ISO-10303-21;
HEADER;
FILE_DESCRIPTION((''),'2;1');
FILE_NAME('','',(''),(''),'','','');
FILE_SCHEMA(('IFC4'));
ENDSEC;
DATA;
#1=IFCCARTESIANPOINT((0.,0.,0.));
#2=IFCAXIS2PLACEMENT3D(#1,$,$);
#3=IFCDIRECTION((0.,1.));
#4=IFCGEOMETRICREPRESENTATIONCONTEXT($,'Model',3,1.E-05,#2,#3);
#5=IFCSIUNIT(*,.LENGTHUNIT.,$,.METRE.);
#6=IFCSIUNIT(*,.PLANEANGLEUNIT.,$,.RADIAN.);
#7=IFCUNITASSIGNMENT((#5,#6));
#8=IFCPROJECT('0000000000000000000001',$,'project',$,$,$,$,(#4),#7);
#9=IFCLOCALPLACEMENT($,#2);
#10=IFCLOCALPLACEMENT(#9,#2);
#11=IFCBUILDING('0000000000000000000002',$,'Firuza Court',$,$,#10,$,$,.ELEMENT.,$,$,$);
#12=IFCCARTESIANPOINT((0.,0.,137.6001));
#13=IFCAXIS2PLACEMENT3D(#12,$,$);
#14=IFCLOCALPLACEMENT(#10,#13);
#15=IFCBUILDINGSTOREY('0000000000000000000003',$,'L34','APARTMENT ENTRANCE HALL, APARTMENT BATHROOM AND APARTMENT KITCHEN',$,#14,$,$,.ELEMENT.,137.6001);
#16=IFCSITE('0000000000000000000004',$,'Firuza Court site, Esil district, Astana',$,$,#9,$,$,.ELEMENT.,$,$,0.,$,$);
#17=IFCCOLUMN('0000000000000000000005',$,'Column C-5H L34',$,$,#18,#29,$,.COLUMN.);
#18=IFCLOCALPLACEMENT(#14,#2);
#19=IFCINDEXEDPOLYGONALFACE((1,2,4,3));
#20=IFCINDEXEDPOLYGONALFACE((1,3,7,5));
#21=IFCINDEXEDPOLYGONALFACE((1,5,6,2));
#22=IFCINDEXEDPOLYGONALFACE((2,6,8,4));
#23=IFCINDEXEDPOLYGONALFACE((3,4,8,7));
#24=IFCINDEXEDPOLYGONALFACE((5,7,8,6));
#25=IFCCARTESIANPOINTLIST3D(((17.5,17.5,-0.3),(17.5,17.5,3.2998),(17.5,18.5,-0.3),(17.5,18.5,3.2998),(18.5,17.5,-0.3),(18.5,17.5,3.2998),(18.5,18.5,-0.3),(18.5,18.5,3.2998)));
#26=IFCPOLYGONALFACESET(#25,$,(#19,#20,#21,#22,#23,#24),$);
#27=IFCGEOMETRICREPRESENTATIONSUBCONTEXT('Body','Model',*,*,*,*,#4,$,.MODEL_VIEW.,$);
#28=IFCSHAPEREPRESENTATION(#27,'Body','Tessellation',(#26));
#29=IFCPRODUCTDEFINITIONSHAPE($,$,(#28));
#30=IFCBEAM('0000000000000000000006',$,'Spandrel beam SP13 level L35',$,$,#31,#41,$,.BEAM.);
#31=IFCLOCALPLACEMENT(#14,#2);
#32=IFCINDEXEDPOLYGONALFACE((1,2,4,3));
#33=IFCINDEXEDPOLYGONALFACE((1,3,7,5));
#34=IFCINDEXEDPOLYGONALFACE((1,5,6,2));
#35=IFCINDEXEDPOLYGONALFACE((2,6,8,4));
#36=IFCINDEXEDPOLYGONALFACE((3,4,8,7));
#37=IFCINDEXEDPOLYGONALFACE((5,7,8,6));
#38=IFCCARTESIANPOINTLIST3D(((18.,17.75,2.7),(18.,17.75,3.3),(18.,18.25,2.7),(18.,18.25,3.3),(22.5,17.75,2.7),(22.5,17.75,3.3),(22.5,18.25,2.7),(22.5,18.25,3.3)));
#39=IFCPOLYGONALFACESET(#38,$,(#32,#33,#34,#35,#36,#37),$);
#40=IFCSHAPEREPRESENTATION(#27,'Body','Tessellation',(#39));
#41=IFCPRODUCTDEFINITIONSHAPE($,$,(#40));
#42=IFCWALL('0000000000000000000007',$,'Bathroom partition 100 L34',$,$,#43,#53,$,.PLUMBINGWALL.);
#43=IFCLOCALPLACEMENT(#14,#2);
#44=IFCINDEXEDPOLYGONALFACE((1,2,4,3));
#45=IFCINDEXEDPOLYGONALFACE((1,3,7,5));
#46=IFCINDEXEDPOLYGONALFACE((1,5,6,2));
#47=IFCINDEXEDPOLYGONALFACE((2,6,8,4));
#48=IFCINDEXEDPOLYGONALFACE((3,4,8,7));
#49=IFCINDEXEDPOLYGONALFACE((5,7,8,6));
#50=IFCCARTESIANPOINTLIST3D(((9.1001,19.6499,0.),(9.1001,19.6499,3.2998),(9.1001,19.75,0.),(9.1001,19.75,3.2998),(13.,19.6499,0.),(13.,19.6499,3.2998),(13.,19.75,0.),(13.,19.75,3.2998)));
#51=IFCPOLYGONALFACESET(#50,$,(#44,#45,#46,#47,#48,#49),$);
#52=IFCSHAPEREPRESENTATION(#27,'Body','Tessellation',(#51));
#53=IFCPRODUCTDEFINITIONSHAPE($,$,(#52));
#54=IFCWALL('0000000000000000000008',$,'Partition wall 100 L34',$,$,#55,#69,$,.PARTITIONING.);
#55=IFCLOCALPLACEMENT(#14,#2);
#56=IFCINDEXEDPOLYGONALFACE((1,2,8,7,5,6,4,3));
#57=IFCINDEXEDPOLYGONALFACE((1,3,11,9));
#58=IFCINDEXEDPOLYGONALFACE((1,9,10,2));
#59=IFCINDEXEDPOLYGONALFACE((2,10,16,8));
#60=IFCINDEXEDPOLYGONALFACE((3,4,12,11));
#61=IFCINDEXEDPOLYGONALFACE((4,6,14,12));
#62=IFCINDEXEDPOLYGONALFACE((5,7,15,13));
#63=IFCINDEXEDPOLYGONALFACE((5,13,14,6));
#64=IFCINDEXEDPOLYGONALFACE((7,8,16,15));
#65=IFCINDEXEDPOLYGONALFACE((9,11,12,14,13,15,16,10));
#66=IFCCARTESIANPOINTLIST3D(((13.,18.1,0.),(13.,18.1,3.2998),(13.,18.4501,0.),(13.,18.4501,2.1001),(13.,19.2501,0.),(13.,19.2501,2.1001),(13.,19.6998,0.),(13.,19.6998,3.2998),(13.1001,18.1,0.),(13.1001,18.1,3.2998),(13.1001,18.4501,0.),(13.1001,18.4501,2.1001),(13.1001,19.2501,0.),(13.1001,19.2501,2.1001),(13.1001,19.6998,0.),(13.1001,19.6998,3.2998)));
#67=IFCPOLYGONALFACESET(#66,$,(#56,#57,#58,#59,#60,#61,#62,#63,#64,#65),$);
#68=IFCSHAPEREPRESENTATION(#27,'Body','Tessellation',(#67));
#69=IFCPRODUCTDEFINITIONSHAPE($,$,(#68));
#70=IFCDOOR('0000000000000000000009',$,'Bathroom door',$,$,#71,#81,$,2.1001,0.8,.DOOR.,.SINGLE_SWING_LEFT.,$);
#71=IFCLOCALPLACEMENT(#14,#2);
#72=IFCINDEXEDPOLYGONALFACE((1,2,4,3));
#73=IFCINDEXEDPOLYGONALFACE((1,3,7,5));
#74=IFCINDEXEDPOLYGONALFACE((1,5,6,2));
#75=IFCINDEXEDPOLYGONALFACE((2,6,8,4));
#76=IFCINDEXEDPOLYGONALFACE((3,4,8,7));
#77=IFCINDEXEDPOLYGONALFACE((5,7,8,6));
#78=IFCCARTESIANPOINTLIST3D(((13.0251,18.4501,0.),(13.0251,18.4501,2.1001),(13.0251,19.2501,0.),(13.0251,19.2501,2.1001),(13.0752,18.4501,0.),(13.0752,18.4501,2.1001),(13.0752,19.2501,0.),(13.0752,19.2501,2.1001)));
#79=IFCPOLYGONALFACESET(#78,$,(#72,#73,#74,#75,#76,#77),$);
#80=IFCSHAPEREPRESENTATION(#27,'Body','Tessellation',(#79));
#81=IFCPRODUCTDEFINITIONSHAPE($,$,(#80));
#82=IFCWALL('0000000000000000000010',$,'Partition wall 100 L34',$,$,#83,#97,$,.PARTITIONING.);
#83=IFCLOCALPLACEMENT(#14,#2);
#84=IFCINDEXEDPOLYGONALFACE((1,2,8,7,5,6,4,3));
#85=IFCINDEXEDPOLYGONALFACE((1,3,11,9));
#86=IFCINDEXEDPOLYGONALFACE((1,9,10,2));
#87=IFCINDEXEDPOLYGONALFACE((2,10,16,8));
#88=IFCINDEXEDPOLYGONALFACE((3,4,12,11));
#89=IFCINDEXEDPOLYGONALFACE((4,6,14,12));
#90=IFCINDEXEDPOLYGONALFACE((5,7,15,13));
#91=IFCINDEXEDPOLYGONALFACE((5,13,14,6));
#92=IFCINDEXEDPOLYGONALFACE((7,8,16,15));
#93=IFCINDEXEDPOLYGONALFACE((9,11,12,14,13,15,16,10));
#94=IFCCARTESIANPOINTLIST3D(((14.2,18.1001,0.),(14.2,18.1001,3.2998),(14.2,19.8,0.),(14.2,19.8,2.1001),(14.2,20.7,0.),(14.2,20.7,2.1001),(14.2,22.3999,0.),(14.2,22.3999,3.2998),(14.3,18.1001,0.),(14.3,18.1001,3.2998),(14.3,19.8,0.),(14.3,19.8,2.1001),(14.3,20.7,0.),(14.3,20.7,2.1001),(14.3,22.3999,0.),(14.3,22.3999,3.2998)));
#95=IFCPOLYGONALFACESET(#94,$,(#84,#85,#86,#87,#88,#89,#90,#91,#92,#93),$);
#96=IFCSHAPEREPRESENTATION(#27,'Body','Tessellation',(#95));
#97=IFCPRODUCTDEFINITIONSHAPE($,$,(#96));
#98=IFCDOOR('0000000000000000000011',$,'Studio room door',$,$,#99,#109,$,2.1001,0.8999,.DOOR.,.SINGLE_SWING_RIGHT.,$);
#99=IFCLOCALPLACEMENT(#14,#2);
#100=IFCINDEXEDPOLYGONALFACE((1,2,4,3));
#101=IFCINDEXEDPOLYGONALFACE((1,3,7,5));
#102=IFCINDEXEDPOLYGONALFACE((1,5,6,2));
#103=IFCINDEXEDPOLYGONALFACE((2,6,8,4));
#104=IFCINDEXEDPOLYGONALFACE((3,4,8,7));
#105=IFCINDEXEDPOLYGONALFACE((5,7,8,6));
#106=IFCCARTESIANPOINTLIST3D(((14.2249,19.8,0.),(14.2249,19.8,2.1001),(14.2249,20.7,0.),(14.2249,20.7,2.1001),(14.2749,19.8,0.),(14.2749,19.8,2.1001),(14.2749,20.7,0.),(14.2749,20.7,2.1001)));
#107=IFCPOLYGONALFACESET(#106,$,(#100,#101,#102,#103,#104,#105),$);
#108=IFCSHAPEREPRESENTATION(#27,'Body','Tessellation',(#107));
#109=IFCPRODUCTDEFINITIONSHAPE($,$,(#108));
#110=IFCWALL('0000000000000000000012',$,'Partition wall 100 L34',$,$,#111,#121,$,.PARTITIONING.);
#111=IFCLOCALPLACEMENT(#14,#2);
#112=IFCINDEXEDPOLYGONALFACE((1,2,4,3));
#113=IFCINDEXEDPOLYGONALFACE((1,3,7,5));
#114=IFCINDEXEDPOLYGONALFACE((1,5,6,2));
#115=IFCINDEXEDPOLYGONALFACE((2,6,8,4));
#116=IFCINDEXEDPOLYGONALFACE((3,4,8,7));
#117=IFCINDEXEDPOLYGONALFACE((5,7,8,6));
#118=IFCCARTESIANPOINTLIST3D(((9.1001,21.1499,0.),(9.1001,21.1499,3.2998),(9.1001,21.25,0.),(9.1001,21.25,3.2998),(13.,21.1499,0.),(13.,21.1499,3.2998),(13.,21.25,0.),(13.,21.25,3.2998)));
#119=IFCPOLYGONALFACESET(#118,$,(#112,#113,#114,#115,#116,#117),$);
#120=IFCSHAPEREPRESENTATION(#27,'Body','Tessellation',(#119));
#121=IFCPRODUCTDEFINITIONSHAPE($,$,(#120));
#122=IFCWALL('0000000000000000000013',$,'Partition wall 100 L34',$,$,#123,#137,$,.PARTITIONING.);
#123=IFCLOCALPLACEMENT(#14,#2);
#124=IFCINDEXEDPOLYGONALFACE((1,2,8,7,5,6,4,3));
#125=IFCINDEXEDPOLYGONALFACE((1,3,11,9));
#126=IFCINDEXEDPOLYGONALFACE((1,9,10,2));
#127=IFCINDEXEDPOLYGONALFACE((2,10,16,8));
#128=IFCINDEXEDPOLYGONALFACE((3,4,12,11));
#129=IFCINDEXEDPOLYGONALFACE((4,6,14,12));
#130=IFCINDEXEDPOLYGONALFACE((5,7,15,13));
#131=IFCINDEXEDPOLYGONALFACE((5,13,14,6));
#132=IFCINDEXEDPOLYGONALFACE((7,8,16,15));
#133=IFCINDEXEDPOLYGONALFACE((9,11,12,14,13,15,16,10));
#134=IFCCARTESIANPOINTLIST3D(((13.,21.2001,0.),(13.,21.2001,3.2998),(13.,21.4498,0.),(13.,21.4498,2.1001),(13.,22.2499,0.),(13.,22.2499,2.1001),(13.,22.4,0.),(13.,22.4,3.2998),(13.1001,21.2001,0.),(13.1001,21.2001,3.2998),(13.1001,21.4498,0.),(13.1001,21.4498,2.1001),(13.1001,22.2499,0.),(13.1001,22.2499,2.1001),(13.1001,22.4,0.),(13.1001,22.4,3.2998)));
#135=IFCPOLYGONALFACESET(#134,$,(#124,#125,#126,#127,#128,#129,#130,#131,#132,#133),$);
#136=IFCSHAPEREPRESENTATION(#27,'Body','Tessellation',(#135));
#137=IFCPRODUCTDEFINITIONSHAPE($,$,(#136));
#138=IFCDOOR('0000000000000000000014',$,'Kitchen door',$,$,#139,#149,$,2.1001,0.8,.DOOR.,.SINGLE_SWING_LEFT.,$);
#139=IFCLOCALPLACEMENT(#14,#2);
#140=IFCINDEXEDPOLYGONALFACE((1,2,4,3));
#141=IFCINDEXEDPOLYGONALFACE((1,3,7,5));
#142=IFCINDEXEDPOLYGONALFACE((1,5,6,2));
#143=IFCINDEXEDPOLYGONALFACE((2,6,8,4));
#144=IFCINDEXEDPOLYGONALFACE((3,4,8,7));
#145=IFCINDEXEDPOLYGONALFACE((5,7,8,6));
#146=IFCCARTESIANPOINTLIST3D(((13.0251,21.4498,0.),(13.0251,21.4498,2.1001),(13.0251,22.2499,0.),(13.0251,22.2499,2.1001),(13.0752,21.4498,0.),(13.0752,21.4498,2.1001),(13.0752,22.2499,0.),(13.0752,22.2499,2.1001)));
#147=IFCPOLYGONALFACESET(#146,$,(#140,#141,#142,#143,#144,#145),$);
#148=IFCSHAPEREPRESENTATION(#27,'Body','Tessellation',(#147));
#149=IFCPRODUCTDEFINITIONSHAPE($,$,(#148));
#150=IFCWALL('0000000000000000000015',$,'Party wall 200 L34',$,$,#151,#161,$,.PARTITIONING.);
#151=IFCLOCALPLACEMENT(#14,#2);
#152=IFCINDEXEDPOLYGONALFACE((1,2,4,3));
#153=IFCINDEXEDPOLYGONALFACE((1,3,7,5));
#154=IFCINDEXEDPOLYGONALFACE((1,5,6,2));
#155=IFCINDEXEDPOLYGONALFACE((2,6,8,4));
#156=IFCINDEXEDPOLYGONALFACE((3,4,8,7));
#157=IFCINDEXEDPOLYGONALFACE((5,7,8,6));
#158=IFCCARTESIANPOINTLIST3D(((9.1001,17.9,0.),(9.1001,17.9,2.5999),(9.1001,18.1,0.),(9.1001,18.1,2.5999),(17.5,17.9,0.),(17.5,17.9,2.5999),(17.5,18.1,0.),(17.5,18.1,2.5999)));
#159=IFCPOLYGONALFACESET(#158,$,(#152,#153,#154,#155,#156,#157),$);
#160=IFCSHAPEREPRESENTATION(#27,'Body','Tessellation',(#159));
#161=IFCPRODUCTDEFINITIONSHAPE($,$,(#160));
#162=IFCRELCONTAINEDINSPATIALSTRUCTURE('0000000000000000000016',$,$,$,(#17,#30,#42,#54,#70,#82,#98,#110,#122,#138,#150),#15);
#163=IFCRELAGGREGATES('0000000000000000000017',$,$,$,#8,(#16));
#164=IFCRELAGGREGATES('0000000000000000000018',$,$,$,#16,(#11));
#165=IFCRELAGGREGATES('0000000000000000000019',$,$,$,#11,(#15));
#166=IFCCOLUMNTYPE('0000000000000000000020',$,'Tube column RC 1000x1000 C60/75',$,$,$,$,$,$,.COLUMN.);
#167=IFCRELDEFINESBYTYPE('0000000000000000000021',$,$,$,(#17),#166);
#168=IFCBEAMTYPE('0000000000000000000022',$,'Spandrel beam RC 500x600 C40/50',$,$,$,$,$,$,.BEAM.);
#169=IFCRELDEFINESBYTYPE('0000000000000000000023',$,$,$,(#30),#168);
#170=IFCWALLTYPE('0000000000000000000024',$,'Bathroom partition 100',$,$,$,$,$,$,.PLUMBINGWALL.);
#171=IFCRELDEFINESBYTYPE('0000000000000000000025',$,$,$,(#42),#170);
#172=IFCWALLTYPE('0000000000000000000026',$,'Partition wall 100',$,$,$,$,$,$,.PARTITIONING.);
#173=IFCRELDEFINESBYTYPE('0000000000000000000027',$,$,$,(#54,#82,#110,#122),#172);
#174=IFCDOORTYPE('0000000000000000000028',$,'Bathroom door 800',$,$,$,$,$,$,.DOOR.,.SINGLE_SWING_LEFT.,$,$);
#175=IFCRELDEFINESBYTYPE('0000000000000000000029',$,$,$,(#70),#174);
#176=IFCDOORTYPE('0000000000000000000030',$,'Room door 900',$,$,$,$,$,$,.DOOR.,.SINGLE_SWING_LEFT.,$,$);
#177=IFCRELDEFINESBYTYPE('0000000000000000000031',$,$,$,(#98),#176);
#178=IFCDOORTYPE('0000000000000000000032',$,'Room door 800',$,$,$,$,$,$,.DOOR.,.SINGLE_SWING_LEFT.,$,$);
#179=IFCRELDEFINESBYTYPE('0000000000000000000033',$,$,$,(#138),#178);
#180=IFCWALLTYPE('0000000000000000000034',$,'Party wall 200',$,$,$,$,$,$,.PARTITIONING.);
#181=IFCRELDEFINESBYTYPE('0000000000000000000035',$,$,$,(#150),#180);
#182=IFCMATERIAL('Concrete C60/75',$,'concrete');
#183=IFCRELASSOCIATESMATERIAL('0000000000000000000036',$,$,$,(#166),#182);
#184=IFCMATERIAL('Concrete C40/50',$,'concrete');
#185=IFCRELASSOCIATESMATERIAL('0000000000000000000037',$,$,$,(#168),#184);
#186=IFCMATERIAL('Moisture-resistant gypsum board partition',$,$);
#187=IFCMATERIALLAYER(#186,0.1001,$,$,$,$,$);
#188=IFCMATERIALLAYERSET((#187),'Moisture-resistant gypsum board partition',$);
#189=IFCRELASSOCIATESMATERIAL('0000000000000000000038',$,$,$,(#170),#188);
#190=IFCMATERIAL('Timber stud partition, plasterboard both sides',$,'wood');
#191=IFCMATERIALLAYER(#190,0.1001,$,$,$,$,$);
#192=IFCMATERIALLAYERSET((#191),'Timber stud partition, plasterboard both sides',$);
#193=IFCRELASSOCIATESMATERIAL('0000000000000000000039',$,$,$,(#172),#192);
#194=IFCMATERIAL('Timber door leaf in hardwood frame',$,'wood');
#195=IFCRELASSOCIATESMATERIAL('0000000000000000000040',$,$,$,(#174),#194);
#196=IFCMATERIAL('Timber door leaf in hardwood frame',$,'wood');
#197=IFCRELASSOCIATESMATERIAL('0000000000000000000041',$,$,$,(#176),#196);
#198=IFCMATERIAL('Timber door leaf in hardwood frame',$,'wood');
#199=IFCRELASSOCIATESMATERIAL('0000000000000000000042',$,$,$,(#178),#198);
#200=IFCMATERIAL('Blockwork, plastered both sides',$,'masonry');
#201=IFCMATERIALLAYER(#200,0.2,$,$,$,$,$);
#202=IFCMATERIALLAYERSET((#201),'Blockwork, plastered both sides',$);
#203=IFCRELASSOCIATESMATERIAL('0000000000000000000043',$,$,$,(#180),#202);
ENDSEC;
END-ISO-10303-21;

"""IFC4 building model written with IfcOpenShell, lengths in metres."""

from ifc_helpers import new_model, si_unit, direction, frame, frame_2d, origin, origin_2d, place, context, subcontext, project, spatial, rectangle, extrude, material, layer, layer_set, material_profile, profile_set, type_object, element, fill, save


model = new_model("IFC4")

# Units and contexts
model_context = context("Model", 3, precision=1e-05, world=origin(), true_north=direction((0.0, 1.0)))
body_context = subcontext(model_context, "Body", "Model", "MODEL_VIEW")
ifc_project = project(units=[si_unit("LENGTHUNIT", "METRE"), si_unit("PLANEANGLEUNIT", "RADIAN")], contexts=[model_context])

# Site, building, storey
site_placement = place(None, origin())
site = spatial("IfcSite", under=ifc_project, at=site_placement, Name="Firuza Court site, Esil district, Astana", CompositionType="ELEMENT", RefElevation=0.0)
building_placement = place(site_placement, origin())
building = spatial("IfcBuilding", under=site, at=building_placement, Name="Firuza Court", CompositionType="ELEMENT")
storey_placement = place(building_placement, frame((0.0, 0.0, 137.6001)))
storey = spatial("IfcBuildingStorey", under=building, at=storey_placement, Name="L34", Description="APARTMENT ENTRANCE HALL, APARTMENT BATHROOM AND APARTMENT KITCHEN", CompositionType="ELEMENT", Elevation=137.6001)

# Column
ifc_material_1 = material(Name="Concrete C60/75", Category="concrete")
ifc_material_profile_1 = material_profile(ifc_material_1, rectangle(XDim=1.0, YDim=1.0, at=origin_2d()), Name="RC 1000x1000")
ifc_profile_set_1 = profile_set([ifc_material_profile_1], Name="Concrete C60/75")
column_type = type_object("IfcColumnType", Name="Tube column RC 1000x1000 C60/75", PredefinedType="COLUMN", material=ifc_profile_set_1)
column_placement = place(storey_placement, frame((18.0, 18.0, -0.3), z_axis=(0.0, 0.0, 1.0), x_axis=(1.0, 0.0, 0.0)))
element("IfcColumn", 1, at=column_placement, inside=storey, type_object=column_type, Name="Column C-5H L34", PredefinedType="COLUMN", context=body_context, shape_type="SweptSolid", body=[
    extrude(rectangle(XDim=1.0, YDim=1.0, at=origin_2d()), origin(), (0.0, 0.0, 1.0), 3.5999),
])

# Beam
ifc_material_2 = material(Name="Concrete C40/50", Category="concrete")
ifc_material_profile_2 = material_profile(ifc_material_2, rectangle(XDim=0.5, YDim=0.6001, at=origin_2d()), Name="RC 500x600")
ifc_profile_set_2 = profile_set([ifc_material_profile_2], Name="Concrete C40/50")
beam_type = type_object("IfcBeamType", Name="Spandrel beam RC 500x600 C40/50", PredefinedType="BEAM", material=ifc_profile_set_2)
beam_placement = place(storey_placement, frame((18.0, 18.0, 3.0), z_axis=(1.0, 0.0, 0.0), x_axis=(0.0, 1.0, 0.0)))
element("IfcBeam", 2, at=beam_placement, inside=storey, type_object=beam_type, Name="Spandrel beam SP13 level L35", PredefinedType="BEAM", context=body_context, shape_type="SweptSolid", body=[
    extrude(rectangle(XDim=0.5, YDim=0.6001, at=origin_2d()), origin(), (0.0, 0.0, 1.0), 4.5),
])

# Wall
ifc_material_3 = material(Name="Moisture-resistant gypsum board partition")
ifc_layer_1 = layer(ifc_material_3, 0.1001)
ifc_layer_set_1 = layer_set([ifc_layer_1], Name="Moisture-resistant gypsum board partition")
wall_type_1 = type_object("IfcWallType", Name="Bathroom partition 100", PredefinedType="PLUMBINGWALL", material=ifc_layer_set_1)
wall_1_placement = place(storey_placement, frame((9.1001, 19.7, 0.0), z_axis=(0.0, 0.0, 1.0), x_axis=(1.0, 0.0, 0.0)))
element("IfcWall", 3, at=wall_1_placement, inside=storey, type_object=wall_type_1, Name="Bathroom partition 100 L34", PredefinedType="PLUMBINGWALL", context=body_context, shape_type="SweptSolid", body=[
    extrude(rectangle(XDim=3.8999, YDim=0.1001, at=frame_2d((1.95, 0.0))), origin(), (0.0, 0.0, 1.0), 3.2998),
])

# Walls, openings, doors
ifc_material_4 = material(Name="Timber stud partition, plasterboard both sides", Category="wood")
ifc_layer_2 = layer(ifc_material_4, 0.1001)
ifc_layer_set_2 = layer_set([ifc_layer_2], Name="Timber stud partition, plasterboard both sides")
wall_type_2 = type_object("IfcWallType", Name="Partition wall 100", PredefinedType="PARTITIONING", material=ifc_layer_set_2)
wall_2_placement = place(storey_placement, frame((13.05, 18.1001, 0.0), z_axis=(0.0, 0.0, 1.0), x_axis=(0.0, 1.0, 0.0)))
wall_2 = element("IfcWall", 4, at=wall_2_placement, inside=storey, type_object=wall_type_2, Name="Partition wall 100 L34", PredefinedType="PARTITIONING", context=body_context, shape_type="SweptSolid", body=[
    extrude(rectangle(XDim=1.5999, YDim=0.1001, at=frame_2d((0.7998, 0.0))), origin(), (0.0, 0.0, 1.0), 3.2998),
])
opening_1_placement = place(wall_2_placement, frame((0.3501, 0.0, 0.0)))
opening_1 = element("IfcOpeningElement", 5, at=opening_1_placement, cuts=wall_2, PredefinedType="OPENING", context=body_context, shape_type="SweptSolid", body=[
    extrude(rectangle(XDim=0.8, YDim=2.1001, at=frame_2d((0.3999, 1.05))), frame((0.0, 0.062, 0.0), z_axis=(0.0, -1.0, 0.0), x_axis=(1.0, 0.0, 0.0)), (0.0, 0.0, 1.0), 0.124),
])
ifc_material_5 = material(Name="Timber door leaf in hardwood frame", Category="wood")
door_type_1 = type_object("IfcDoorType", Name="Bathroom door 800", OperationType="SINGLE_SWING_LEFT", PredefinedType="DOOR", material=ifc_material_5)
door_1_placement = place(opening_1_placement, origin())
door_1 = element("IfcDoor", 6, at=door_1_placement, inside=storey, type_object=door_type_1, Name="Bathroom door", OperationType="SINGLE_SWING_LEFT", OverallHeight=2.1001, OverallWidth=0.8, PredefinedType="DOOR", context=body_context, shape_type="SweptSolid", body=[
    extrude(rectangle(XDim=0.8, YDim=2.1001, at=frame_2d((0.3999, 1.05))), frame((0.0, 0.0249, 0.0), z_axis=(0.0, -1.0, 0.0), x_axis=(1.0, 0.0, 0.0)), (0.0, 0.0, 1.0), 0.05),
])
fill(opening_1, door_1)
wall_3_placement = place(storey_placement, frame((14.25, 18.1001, 0.0), z_axis=(0.0, 0.0, 1.0), x_axis=(0.0, 1.0, 0.0)))
wall_3 = element("IfcWall", 7, at=wall_3_placement, inside=storey, type_object=wall_type_2, Name="Partition wall 100 L34", PredefinedType="PARTITIONING", context=body_context, shape_type="SweptSolid", body=[
    extrude(rectangle(XDim=4.2998, YDim=0.1001, at=frame_2d((2.1499, 0.0))), origin(), (0.0, 0.0, 1.0), 3.2998),
])
opening_2_placement = place(wall_3_placement, frame((1.7, 0.0, 0.0)))
opening_2 = element("IfcOpeningElement", 8, at=opening_2_placement, cuts=wall_3, PredefinedType="OPENING", context=body_context, shape_type="SweptSolid", body=[
    extrude(rectangle(XDim=0.8999, YDim=2.1001, at=frame_2d((0.45, 1.05))), frame((0.0, 0.062, 0.0), z_axis=(0.0, -1.0, 0.0), x_axis=(1.0, 0.0, 0.0)), (0.0, 0.0, 1.0), 0.124),
])
ifc_material_6 = material(Name="Timber door leaf in hardwood frame", Category="wood")
door_type_2 = type_object("IfcDoorType", Name="Room door 900", OperationType="SINGLE_SWING_LEFT", PredefinedType="DOOR", material=ifc_material_6)
door_2_placement = place(opening_2_placement, frame((0.8999, 0.0, 0.0), z_axis=(0.0, 0.0, 1.0), x_axis=(-1.0, 0.0, 0.0)))
door_2 = element("IfcDoor", 9, at=door_2_placement, inside=storey, type_object=door_type_2, Name="Studio room door", OperationType="SINGLE_SWING_RIGHT", OverallHeight=2.1001, OverallWidth=0.8999, PredefinedType="DOOR", context=body_context, shape_type="SweptSolid", body=[
    extrude(rectangle(XDim=0.8999, YDim=2.1001, at=frame_2d((0.45, 1.05))), frame((0.0, 0.0249, 0.0), z_axis=(0.0, -1.0, 0.0), x_axis=(1.0, 0.0, 0.0)), (0.0, 0.0, 1.0), 0.05),
])
fill(opening_2, door_2)

# Wall
wall_4_placement = place(storey_placement, frame((9.1001, 21.2, 0.0), z_axis=(0.0, 0.0, 1.0), x_axis=(1.0, 0.0, 0.0)))
element("IfcWall", 10, at=wall_4_placement, inside=storey, type_object=wall_type_2, Name="Partition wall 100 L34", PredefinedType="PARTITIONING", context=body_context, shape_type="SweptSolid", body=[
    extrude(rectangle(XDim=3.8999, YDim=0.1001, at=frame_2d((1.95, 0.0))), origin(), (0.0, 0.0, 1.0), 3.2998),
])

# Wall, opening, door
wall_5_placement = place(storey_placement, frame((13.05, 21.2, 0.0), z_axis=(0.0, 0.0, 1.0), x_axis=(0.0, 1.0, 0.0)))
wall_5 = element("IfcWall", 11, at=wall_5_placement, inside=storey, type_object=wall_type_2, Name="Partition wall 100 L34", PredefinedType="PARTITIONING", context=body_context, shape_type="SweptSolid", body=[
    extrude(rectangle(XDim=1.2, YDim=0.1001, at=frame_2d((0.6001, 0.0))), origin(), (0.0, 0.0, 1.0), 3.2998),
])
opening_3_placement = place(wall_5_placement, frame((0.25, 0.0, 0.0)))
opening_3 = element("IfcOpeningElement", 12, at=opening_3_placement, cuts=wall_5, PredefinedType="OPENING", context=body_context, shape_type="SweptSolid", body=[
    extrude(rectangle(XDim=0.8, YDim=2.1001, at=frame_2d((0.3999, 1.05))), frame((0.0, 0.062, 0.0), z_axis=(0.0, -1.0, 0.0), x_axis=(1.0, 0.0, 0.0)), (0.0, 0.0, 1.0), 0.124),
])
ifc_material_7 = material(Name="Timber door leaf in hardwood frame", Category="wood")
door_type_3 = type_object("IfcDoorType", Name="Room door 800", OperationType="SINGLE_SWING_LEFT", PredefinedType="DOOR", material=ifc_material_7)
door_3_placement = place(opening_3_placement, origin())
door_3 = element("IfcDoor", 13, at=door_3_placement, inside=storey, type_object=door_type_3, Name="Kitchen door", OperationType="SINGLE_SWING_LEFT", OverallHeight=2.1001, OverallWidth=0.8, PredefinedType="DOOR", context=body_context, shape_type="SweptSolid", body=[
    extrude(rectangle(XDim=0.8, YDim=2.1001, at=frame_2d((0.3999, 1.05))), frame((0.0, 0.0249, 0.0), z_axis=(0.0, -1.0, 0.0), x_axis=(1.0, 0.0, 0.0)), (0.0, 0.0, 1.0), 0.05),
])
fill(opening_3, door_3)

# Wall
ifc_material_8 = material(Name="Blockwork, plastered both sides", Category="masonry")
ifc_layer_3 = layer(ifc_material_8, 0.2)
ifc_layer_set_3 = layer_set([ifc_layer_3], Name="Blockwork, plastered both sides")
wall_type_3 = type_object("IfcWallType", Name="Party wall 200", PredefinedType="PARTITIONING", material=ifc_layer_set_3)
wall_6_placement = place(storey_placement, frame((9.1001, 18.0, 0.0), z_axis=(0.0, 0.0, 1.0), x_axis=(1.0, 0.0, 0.0)))
element("IfcWall", 14, at=wall_6_placement, inside=storey, type_object=wall_type_3, Name="Party wall 200 L34", PredefinedType="PARTITIONING", context=body_context, shape_type="SweptSolid", body=[
    extrude(rectangle(XDim=8.3999, YDim=0.2, at=frame_2d((4.2, 0.0))), origin(), (0.0, 0.0, 1.0), 2.5999),
])

save(model, "model.ifc")
